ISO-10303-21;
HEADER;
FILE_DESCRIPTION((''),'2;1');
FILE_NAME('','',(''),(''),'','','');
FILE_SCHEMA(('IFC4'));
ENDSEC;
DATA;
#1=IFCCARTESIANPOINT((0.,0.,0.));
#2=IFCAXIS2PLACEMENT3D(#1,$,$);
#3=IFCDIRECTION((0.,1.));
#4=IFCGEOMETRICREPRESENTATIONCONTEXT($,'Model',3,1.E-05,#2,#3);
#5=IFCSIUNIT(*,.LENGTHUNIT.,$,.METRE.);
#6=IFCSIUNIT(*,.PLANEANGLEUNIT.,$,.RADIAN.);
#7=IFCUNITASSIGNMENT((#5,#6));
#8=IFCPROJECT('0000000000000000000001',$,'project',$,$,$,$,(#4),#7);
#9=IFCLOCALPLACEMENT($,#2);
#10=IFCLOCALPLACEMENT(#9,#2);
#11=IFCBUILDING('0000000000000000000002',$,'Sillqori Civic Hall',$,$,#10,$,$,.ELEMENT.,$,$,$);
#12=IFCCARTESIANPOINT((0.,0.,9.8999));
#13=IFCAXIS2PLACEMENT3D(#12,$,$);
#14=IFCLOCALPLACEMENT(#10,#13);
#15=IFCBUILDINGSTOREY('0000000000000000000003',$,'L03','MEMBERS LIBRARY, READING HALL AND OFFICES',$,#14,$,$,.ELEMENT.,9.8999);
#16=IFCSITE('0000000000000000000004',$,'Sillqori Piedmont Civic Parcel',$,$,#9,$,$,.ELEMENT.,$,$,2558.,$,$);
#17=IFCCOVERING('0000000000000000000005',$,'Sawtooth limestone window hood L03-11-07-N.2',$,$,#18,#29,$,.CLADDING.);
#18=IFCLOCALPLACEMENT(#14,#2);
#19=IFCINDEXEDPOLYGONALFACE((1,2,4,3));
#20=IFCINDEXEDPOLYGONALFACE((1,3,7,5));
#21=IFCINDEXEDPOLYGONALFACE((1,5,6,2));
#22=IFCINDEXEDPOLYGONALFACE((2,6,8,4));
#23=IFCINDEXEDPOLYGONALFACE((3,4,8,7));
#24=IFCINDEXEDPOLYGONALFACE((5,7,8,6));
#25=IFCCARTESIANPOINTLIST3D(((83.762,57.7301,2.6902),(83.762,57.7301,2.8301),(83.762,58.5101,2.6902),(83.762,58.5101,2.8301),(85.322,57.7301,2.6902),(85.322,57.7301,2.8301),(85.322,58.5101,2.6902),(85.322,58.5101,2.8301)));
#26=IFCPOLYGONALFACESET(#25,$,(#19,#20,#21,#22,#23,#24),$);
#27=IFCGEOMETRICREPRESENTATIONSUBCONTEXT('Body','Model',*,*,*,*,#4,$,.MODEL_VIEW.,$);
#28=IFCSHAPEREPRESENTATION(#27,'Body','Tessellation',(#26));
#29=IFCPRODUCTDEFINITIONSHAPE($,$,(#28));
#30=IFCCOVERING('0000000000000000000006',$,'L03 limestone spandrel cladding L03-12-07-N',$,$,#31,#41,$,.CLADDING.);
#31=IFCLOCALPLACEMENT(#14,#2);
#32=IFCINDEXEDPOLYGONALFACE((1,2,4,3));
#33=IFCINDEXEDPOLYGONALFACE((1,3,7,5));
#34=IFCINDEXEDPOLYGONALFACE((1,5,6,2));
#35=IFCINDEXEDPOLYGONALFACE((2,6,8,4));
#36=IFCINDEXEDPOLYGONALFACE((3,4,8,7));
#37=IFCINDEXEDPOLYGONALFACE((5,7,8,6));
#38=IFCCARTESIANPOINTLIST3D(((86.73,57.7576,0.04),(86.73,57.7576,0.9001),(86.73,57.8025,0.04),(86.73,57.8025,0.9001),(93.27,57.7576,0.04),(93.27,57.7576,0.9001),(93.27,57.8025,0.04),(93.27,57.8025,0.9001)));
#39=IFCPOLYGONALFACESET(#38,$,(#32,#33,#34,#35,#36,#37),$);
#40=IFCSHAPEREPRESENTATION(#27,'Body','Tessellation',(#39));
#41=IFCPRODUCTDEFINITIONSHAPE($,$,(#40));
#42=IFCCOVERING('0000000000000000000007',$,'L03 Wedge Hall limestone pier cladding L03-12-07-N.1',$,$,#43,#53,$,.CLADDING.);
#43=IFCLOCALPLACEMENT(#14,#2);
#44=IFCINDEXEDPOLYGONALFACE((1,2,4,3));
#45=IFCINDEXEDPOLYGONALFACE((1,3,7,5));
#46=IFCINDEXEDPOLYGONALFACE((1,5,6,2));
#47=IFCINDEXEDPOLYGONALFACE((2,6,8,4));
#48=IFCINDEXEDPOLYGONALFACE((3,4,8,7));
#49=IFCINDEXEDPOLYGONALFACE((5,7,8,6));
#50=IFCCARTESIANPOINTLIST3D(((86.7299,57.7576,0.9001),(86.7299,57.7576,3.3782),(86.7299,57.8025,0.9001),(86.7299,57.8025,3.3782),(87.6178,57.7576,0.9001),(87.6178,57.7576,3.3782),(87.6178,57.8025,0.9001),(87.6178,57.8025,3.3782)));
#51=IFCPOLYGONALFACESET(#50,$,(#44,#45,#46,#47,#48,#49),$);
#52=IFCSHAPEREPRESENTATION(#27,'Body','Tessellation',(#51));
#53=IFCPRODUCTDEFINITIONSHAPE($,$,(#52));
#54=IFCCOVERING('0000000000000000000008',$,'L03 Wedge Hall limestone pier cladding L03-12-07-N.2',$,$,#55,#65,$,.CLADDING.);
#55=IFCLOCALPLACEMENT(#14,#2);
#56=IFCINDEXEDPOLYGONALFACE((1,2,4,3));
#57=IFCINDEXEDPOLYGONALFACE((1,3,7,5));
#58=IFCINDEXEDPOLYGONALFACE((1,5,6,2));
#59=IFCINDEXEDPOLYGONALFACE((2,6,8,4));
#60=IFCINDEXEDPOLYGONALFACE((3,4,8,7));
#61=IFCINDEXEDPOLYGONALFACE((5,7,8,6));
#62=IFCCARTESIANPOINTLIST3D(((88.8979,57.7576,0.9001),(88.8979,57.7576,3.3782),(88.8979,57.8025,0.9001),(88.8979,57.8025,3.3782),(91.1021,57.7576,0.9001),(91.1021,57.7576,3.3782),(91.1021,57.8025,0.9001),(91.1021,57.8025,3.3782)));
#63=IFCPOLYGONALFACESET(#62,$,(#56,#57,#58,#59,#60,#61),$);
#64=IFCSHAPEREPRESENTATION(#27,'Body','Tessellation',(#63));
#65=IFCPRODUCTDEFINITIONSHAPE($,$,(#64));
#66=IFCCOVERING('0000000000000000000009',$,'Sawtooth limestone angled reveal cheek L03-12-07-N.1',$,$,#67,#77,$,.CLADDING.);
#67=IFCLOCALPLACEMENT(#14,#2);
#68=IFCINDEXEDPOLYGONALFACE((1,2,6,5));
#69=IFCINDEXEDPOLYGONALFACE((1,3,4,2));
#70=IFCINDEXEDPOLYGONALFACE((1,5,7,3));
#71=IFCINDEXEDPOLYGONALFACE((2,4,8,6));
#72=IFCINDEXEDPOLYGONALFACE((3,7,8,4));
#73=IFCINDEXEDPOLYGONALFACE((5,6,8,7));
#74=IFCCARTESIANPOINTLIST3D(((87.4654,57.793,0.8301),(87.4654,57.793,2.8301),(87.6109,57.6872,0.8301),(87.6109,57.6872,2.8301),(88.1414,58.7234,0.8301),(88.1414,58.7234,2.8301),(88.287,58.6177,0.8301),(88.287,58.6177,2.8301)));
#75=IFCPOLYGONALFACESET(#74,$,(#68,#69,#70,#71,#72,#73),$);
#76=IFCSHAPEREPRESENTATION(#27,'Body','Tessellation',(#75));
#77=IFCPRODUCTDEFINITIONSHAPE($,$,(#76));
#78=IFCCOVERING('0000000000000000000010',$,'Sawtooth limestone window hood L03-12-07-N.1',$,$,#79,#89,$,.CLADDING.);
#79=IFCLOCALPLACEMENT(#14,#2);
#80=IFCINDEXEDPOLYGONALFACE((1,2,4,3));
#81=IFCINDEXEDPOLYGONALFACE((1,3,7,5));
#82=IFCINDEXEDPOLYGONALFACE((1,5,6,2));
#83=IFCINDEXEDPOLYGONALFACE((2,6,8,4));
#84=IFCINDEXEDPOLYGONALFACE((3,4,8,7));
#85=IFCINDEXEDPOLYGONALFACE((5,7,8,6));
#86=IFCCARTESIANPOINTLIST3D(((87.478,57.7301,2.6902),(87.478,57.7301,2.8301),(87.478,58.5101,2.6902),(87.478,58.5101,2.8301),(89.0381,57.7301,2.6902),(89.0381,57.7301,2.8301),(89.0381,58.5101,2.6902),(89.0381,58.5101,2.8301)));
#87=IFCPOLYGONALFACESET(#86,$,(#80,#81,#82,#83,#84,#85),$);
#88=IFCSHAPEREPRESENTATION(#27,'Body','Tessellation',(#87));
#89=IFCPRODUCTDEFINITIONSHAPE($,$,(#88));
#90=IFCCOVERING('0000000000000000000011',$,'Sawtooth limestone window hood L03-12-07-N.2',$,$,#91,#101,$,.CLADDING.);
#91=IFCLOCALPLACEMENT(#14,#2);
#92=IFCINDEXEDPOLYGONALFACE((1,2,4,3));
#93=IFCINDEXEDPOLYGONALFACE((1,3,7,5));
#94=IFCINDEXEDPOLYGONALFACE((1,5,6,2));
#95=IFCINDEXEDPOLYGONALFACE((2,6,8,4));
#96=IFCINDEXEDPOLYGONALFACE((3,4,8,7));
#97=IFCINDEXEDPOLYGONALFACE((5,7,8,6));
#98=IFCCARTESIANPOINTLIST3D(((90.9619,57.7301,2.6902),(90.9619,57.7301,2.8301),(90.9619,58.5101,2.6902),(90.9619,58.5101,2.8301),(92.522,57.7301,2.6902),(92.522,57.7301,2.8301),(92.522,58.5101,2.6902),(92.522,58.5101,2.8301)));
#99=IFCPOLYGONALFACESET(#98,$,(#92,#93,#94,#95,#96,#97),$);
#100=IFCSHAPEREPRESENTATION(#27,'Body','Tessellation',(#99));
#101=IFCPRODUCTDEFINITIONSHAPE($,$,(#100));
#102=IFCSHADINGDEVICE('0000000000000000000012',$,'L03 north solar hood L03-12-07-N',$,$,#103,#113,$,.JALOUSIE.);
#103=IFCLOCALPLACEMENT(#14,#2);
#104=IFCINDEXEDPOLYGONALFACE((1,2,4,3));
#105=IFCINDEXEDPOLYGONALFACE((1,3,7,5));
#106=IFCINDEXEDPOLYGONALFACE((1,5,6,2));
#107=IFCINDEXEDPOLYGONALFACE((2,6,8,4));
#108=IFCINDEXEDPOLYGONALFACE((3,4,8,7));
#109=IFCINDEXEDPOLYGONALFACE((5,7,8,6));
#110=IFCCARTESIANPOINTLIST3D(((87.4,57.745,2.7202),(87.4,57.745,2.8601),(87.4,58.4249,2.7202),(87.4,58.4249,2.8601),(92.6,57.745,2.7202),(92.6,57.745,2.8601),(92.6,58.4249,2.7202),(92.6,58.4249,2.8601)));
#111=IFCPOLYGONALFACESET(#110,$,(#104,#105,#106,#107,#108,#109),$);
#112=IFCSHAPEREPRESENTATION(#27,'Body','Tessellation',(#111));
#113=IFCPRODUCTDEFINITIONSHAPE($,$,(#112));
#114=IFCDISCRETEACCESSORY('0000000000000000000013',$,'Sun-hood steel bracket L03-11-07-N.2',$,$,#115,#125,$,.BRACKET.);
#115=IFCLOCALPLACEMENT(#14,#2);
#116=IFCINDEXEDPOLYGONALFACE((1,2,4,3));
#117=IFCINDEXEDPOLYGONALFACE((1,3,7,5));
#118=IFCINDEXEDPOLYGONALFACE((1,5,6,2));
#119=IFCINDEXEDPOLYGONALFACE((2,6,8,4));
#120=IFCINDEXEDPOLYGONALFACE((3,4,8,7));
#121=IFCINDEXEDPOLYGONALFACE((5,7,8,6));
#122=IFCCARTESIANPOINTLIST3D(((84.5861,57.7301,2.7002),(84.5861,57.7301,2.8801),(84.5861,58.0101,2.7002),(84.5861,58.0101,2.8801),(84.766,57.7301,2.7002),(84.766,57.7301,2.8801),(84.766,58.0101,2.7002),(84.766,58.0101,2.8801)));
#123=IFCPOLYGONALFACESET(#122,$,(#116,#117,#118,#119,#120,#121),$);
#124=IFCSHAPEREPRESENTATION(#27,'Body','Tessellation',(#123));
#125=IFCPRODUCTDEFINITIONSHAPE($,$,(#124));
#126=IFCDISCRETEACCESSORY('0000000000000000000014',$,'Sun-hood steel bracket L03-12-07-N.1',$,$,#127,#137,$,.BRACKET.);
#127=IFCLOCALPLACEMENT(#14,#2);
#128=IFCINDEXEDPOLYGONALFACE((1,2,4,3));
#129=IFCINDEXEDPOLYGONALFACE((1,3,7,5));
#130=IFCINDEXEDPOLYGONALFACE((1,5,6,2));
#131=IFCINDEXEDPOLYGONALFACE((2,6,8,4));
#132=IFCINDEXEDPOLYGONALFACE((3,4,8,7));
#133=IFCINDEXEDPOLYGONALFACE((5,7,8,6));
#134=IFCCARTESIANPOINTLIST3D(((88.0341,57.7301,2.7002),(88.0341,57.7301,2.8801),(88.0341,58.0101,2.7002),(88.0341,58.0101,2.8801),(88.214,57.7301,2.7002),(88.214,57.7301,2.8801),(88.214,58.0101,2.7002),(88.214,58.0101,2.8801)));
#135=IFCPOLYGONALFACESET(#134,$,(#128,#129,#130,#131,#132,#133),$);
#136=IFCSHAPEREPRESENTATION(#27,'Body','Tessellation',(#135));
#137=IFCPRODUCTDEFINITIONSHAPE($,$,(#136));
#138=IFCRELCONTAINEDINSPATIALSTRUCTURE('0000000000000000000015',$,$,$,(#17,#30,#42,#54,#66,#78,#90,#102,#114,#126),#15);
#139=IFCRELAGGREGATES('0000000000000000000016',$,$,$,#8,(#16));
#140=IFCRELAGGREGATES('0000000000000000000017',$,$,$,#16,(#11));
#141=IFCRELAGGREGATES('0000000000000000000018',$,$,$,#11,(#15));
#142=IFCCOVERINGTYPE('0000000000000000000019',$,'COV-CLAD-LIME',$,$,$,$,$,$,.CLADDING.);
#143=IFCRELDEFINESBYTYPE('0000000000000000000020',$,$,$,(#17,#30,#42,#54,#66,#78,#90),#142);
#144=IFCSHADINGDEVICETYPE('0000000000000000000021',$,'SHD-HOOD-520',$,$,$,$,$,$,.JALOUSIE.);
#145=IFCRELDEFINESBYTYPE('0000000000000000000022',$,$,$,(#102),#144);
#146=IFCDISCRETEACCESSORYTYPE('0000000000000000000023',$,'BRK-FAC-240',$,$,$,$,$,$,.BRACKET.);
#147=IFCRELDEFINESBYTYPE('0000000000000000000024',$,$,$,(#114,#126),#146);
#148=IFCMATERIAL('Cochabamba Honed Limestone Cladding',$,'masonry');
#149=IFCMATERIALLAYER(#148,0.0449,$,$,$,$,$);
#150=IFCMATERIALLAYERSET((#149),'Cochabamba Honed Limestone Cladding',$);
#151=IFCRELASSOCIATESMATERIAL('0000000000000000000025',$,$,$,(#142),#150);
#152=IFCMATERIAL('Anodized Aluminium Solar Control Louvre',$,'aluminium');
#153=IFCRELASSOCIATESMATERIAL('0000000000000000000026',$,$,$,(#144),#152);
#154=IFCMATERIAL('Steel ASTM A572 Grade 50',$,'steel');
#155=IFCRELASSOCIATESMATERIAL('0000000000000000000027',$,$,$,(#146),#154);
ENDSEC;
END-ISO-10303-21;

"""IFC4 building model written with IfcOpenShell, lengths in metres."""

from ifc_helpers import new_model, si_unit, direction, frame, frame_2d, origin, origin_2d, place, context, subcontext, project, spatial, rectangle, extrude, material, layer, layer_set, type_object, element, save


model = new_model("IFC4")

# Units and contexts
model_context = context("Model", 3, precision=1e-05, world=origin(), true_north=direction((0.0, 1.0)))
body_context = subcontext(model_context, "Body", "Model", "MODEL_VIEW")
ifc_project = project(units=[si_unit("LENGTHUNIT", "METRE"), si_unit("PLANEANGLEUNIT", "RADIAN")], contexts=[model_context])

# Site, building, storey
site_placement = place(None, origin())
site = spatial("IfcSite", under=ifc_project, at=site_placement, Name="Sillqori Piedmont Civic Parcel", CompositionType="ELEMENT", RefElevation=2558.0)
building_placement = place(site_placement, origin())
building = spatial("IfcBuilding", under=site, at=building_placement, Name="Sillqori Civic Hall", CompositionType="ELEMENT")
storey_placement = place(building_placement, frame((0.0, 0.0, 9.8999)))
storey = spatial("IfcBuildingStorey", under=building, at=storey_placement, Name="L03", Description="MEMBERS LIBRARY, READING HALL AND OFFICES", CompositionType="ELEMENT", Elevation=9.8999)

# Coverings
ifc_material_1 = material(Name="Cochabamba Honed Limestone Cladding", Category="masonry")
ifc_layer_1 = layer(ifc_material_1, 0.0449)
ifc_layer_set_1 = layer_set([ifc_layer_1], Name="Cochabamba Honed Limestone Cladding")
covering_type = type_object("IfcCoveringType", Name="COV-CLAD-LIME", PredefinedType="CLADDING", material=ifc_layer_set_1)
covering_1_placement = place(storey_placement, frame((83.762, 58.1201, 2.6902), z_axis=(0.0, 0.0, 1.0), x_axis=(1.0, 0.0, 0.0)))
element("IfcCovering", 1, at=covering_1_placement, inside=storey, type_object=covering_type, Name="Sawtooth limestone window hood L03-11-07-N.2", PredefinedType="CLADDING", context=body_context, shape_type="SweptSolid", body=[
    extrude(rectangle(XDim=1.5601, YDim=0.78, at=frame_2d((0.78, 0.0))), origin(), (0.0, 0.0, 1.0), 0.1399),
])
covering_2_placement = place(storey_placement, frame((86.73, 57.78, 0.04), z_axis=(0.0, 0.0, 1.0), x_axis=(1.0, 0.0, 0.0)))
element("IfcCovering", 2, at=covering_2_placement, inside=storey, type_object=covering_type, Name="L03 limestone spandrel cladding L03-12-07-N", PredefinedType="CLADDING", context=body_context, shape_type="SweptSolid", body=[
    extrude(rectangle(XDim=6.54, YDim=0.0449, at=frame_2d((3.27, 0.0))), origin(), (0.0, 0.0, 1.0), 0.8601),
])
covering_3_placement = place(storey_placement, frame((86.73, 57.78, 0.9001), z_axis=(0.0, 0.0, 1.0), x_axis=(1.0, 0.0, 0.0)))
element("IfcCovering", 3, at=covering_3_placement, inside=storey, type_object=covering_type, Name="L03 Wedge Hall limestone pier cladding L03-12-07-N.1", PredefinedType="CLADDING", context=body_context, shape_type="SweptSolid", body=[
    extrude(rectangle(XDim=0.8879, YDim=0.0449, at=frame_2d((0.4438, 0.0))), origin(), (0.0, 0.0, 1.0), 2.478),
])
covering_4_placement = place(storey_placement, frame((88.8979, 57.78, 0.9001), z_axis=(0.0, 0.0, 1.0), x_axis=(1.0, 0.0, 0.0)))
element("IfcCovering", 4, at=covering_4_placement, inside=storey, type_object=covering_type, Name="L03 Wedge Hall limestone pier cladding L03-12-07-N.2", PredefinedType="CLADDING", context=body_context, shape_type="SweptSolid", body=[
    extrude(rectangle(XDim=2.2041, YDim=0.0449, at=frame_2d((1.1021, 0.0))), origin(), (0.0, 0.0, 1.0), 2.478),
])
covering_5_placement = place(storey_placement, frame((87.5381, 57.74, 0.8301), z_axis=(0.0, 0.0, 1.0), x_axis=(0.587806, 0.809002, 0.0)))
element("IfcCovering", 5, at=covering_5_placement, inside=storey, type_object=covering_type, Name="Sawtooth limestone angled reveal cheek L03-12-07-N.1", PredefinedType="CLADDING", context=body_context, shape_type="SweptSolid", body=[
    extrude(rectangle(XDim=1.1501, YDim=0.1799, at=frame_2d((0.5752, 0.0))), origin(), (0.0, 0.0, 1.0), 2.0),
])
for number, where, z_axis, x_axis, name in (
    (6, (87.478, 58.1201, 2.6902), (0.0, 0.0, 1.0), (1.0, 0.0, 0.0), "Sawtooth limestone window hood L03-12-07-N.1"),
    (7, (90.9619, 58.1201, 2.6902), (0.0, 0.0, 1.0), (1.0, 0.0, 0.0), "Sawtooth limestone window hood L03-12-07-N.2"),
):
    element("IfcCovering", number, at=place(storey_placement, frame(where, z_axis=z_axis, x_axis=x_axis)), inside=storey, type_object=covering_type, Name=name, PredefinedType="CLADDING", context=body_context, shape_type="SweptSolid", body=[
        extrude(rectangle(XDim=1.5601, YDim=0.78, at=frame_2d((0.78, 0.0))), origin(), (0.0, 0.0, 1.0), 0.1399),
    ])

# Shading device
ifc_material_2 = material(Name="Anodized Aluminium Solar Control Louvre", Category="aluminium")
shading_device_type = type_object("IfcShadingDeviceType", Name="SHD-HOOD-520", PredefinedType="JALOUSIE", material=ifc_material_2)
shading_device_placement = place(storey_placement, frame((90.0, 58.085, 2.7202), z_axis=(0.0, 0.0, 1.0), x_axis=(1.0, 0.0, 0.0)))
element("IfcShadingDevice", 8, at=shading_device_placement, inside=storey, type_object=shading_device_type, Name="L03 north solar hood L03-12-07-N", PredefinedType="JALOUSIE", context=body_context, shape_type="SweptSolid", body=[
    extrude(rectangle(XDim=5.2, YDim=0.6799, at=origin_2d()), origin(), (0.0, 0.0, 1.0), 0.1399),
])

# Discrete accessories
ifc_material_3 = material(Name="Steel ASTM A572 Grade 50", Category="steel")
discrete_accessory_type = type_object("IfcDiscreteAccessoryType", Name="BRK-FAC-240", PredefinedType="BRACKET", material=ifc_material_3)
for number, where, z_axis, x_axis, name in (
    (9, (84.676, 57.8701, 2.7002), (0.0, 0.0, 1.0), (1.0, 0.0, 0.0), "Sun-hood steel bracket L03-11-07-N.2"),
    (10, (88.124, 57.8701, 2.7002), (0.0, 0.0, 1.0), (1.0, 0.0, 0.0), "Sun-hood steel bracket L03-12-07-N.1"),
):
    element("IfcDiscreteAccessory", number, at=place(storey_placement, frame(where, z_axis=z_axis, x_axis=x_axis)), inside=storey, type_object=discrete_accessory_type, Name=name, PredefinedType="BRACKET", context=body_context, shape_type="SweptSolid", body=[
        extrude(rectangle(XDim=0.1799, YDim=0.28, at=origin_2d()), origin(), (0.0, 0.0, 1.0), 0.1799),
    ])

save(model, "model.ifc")
